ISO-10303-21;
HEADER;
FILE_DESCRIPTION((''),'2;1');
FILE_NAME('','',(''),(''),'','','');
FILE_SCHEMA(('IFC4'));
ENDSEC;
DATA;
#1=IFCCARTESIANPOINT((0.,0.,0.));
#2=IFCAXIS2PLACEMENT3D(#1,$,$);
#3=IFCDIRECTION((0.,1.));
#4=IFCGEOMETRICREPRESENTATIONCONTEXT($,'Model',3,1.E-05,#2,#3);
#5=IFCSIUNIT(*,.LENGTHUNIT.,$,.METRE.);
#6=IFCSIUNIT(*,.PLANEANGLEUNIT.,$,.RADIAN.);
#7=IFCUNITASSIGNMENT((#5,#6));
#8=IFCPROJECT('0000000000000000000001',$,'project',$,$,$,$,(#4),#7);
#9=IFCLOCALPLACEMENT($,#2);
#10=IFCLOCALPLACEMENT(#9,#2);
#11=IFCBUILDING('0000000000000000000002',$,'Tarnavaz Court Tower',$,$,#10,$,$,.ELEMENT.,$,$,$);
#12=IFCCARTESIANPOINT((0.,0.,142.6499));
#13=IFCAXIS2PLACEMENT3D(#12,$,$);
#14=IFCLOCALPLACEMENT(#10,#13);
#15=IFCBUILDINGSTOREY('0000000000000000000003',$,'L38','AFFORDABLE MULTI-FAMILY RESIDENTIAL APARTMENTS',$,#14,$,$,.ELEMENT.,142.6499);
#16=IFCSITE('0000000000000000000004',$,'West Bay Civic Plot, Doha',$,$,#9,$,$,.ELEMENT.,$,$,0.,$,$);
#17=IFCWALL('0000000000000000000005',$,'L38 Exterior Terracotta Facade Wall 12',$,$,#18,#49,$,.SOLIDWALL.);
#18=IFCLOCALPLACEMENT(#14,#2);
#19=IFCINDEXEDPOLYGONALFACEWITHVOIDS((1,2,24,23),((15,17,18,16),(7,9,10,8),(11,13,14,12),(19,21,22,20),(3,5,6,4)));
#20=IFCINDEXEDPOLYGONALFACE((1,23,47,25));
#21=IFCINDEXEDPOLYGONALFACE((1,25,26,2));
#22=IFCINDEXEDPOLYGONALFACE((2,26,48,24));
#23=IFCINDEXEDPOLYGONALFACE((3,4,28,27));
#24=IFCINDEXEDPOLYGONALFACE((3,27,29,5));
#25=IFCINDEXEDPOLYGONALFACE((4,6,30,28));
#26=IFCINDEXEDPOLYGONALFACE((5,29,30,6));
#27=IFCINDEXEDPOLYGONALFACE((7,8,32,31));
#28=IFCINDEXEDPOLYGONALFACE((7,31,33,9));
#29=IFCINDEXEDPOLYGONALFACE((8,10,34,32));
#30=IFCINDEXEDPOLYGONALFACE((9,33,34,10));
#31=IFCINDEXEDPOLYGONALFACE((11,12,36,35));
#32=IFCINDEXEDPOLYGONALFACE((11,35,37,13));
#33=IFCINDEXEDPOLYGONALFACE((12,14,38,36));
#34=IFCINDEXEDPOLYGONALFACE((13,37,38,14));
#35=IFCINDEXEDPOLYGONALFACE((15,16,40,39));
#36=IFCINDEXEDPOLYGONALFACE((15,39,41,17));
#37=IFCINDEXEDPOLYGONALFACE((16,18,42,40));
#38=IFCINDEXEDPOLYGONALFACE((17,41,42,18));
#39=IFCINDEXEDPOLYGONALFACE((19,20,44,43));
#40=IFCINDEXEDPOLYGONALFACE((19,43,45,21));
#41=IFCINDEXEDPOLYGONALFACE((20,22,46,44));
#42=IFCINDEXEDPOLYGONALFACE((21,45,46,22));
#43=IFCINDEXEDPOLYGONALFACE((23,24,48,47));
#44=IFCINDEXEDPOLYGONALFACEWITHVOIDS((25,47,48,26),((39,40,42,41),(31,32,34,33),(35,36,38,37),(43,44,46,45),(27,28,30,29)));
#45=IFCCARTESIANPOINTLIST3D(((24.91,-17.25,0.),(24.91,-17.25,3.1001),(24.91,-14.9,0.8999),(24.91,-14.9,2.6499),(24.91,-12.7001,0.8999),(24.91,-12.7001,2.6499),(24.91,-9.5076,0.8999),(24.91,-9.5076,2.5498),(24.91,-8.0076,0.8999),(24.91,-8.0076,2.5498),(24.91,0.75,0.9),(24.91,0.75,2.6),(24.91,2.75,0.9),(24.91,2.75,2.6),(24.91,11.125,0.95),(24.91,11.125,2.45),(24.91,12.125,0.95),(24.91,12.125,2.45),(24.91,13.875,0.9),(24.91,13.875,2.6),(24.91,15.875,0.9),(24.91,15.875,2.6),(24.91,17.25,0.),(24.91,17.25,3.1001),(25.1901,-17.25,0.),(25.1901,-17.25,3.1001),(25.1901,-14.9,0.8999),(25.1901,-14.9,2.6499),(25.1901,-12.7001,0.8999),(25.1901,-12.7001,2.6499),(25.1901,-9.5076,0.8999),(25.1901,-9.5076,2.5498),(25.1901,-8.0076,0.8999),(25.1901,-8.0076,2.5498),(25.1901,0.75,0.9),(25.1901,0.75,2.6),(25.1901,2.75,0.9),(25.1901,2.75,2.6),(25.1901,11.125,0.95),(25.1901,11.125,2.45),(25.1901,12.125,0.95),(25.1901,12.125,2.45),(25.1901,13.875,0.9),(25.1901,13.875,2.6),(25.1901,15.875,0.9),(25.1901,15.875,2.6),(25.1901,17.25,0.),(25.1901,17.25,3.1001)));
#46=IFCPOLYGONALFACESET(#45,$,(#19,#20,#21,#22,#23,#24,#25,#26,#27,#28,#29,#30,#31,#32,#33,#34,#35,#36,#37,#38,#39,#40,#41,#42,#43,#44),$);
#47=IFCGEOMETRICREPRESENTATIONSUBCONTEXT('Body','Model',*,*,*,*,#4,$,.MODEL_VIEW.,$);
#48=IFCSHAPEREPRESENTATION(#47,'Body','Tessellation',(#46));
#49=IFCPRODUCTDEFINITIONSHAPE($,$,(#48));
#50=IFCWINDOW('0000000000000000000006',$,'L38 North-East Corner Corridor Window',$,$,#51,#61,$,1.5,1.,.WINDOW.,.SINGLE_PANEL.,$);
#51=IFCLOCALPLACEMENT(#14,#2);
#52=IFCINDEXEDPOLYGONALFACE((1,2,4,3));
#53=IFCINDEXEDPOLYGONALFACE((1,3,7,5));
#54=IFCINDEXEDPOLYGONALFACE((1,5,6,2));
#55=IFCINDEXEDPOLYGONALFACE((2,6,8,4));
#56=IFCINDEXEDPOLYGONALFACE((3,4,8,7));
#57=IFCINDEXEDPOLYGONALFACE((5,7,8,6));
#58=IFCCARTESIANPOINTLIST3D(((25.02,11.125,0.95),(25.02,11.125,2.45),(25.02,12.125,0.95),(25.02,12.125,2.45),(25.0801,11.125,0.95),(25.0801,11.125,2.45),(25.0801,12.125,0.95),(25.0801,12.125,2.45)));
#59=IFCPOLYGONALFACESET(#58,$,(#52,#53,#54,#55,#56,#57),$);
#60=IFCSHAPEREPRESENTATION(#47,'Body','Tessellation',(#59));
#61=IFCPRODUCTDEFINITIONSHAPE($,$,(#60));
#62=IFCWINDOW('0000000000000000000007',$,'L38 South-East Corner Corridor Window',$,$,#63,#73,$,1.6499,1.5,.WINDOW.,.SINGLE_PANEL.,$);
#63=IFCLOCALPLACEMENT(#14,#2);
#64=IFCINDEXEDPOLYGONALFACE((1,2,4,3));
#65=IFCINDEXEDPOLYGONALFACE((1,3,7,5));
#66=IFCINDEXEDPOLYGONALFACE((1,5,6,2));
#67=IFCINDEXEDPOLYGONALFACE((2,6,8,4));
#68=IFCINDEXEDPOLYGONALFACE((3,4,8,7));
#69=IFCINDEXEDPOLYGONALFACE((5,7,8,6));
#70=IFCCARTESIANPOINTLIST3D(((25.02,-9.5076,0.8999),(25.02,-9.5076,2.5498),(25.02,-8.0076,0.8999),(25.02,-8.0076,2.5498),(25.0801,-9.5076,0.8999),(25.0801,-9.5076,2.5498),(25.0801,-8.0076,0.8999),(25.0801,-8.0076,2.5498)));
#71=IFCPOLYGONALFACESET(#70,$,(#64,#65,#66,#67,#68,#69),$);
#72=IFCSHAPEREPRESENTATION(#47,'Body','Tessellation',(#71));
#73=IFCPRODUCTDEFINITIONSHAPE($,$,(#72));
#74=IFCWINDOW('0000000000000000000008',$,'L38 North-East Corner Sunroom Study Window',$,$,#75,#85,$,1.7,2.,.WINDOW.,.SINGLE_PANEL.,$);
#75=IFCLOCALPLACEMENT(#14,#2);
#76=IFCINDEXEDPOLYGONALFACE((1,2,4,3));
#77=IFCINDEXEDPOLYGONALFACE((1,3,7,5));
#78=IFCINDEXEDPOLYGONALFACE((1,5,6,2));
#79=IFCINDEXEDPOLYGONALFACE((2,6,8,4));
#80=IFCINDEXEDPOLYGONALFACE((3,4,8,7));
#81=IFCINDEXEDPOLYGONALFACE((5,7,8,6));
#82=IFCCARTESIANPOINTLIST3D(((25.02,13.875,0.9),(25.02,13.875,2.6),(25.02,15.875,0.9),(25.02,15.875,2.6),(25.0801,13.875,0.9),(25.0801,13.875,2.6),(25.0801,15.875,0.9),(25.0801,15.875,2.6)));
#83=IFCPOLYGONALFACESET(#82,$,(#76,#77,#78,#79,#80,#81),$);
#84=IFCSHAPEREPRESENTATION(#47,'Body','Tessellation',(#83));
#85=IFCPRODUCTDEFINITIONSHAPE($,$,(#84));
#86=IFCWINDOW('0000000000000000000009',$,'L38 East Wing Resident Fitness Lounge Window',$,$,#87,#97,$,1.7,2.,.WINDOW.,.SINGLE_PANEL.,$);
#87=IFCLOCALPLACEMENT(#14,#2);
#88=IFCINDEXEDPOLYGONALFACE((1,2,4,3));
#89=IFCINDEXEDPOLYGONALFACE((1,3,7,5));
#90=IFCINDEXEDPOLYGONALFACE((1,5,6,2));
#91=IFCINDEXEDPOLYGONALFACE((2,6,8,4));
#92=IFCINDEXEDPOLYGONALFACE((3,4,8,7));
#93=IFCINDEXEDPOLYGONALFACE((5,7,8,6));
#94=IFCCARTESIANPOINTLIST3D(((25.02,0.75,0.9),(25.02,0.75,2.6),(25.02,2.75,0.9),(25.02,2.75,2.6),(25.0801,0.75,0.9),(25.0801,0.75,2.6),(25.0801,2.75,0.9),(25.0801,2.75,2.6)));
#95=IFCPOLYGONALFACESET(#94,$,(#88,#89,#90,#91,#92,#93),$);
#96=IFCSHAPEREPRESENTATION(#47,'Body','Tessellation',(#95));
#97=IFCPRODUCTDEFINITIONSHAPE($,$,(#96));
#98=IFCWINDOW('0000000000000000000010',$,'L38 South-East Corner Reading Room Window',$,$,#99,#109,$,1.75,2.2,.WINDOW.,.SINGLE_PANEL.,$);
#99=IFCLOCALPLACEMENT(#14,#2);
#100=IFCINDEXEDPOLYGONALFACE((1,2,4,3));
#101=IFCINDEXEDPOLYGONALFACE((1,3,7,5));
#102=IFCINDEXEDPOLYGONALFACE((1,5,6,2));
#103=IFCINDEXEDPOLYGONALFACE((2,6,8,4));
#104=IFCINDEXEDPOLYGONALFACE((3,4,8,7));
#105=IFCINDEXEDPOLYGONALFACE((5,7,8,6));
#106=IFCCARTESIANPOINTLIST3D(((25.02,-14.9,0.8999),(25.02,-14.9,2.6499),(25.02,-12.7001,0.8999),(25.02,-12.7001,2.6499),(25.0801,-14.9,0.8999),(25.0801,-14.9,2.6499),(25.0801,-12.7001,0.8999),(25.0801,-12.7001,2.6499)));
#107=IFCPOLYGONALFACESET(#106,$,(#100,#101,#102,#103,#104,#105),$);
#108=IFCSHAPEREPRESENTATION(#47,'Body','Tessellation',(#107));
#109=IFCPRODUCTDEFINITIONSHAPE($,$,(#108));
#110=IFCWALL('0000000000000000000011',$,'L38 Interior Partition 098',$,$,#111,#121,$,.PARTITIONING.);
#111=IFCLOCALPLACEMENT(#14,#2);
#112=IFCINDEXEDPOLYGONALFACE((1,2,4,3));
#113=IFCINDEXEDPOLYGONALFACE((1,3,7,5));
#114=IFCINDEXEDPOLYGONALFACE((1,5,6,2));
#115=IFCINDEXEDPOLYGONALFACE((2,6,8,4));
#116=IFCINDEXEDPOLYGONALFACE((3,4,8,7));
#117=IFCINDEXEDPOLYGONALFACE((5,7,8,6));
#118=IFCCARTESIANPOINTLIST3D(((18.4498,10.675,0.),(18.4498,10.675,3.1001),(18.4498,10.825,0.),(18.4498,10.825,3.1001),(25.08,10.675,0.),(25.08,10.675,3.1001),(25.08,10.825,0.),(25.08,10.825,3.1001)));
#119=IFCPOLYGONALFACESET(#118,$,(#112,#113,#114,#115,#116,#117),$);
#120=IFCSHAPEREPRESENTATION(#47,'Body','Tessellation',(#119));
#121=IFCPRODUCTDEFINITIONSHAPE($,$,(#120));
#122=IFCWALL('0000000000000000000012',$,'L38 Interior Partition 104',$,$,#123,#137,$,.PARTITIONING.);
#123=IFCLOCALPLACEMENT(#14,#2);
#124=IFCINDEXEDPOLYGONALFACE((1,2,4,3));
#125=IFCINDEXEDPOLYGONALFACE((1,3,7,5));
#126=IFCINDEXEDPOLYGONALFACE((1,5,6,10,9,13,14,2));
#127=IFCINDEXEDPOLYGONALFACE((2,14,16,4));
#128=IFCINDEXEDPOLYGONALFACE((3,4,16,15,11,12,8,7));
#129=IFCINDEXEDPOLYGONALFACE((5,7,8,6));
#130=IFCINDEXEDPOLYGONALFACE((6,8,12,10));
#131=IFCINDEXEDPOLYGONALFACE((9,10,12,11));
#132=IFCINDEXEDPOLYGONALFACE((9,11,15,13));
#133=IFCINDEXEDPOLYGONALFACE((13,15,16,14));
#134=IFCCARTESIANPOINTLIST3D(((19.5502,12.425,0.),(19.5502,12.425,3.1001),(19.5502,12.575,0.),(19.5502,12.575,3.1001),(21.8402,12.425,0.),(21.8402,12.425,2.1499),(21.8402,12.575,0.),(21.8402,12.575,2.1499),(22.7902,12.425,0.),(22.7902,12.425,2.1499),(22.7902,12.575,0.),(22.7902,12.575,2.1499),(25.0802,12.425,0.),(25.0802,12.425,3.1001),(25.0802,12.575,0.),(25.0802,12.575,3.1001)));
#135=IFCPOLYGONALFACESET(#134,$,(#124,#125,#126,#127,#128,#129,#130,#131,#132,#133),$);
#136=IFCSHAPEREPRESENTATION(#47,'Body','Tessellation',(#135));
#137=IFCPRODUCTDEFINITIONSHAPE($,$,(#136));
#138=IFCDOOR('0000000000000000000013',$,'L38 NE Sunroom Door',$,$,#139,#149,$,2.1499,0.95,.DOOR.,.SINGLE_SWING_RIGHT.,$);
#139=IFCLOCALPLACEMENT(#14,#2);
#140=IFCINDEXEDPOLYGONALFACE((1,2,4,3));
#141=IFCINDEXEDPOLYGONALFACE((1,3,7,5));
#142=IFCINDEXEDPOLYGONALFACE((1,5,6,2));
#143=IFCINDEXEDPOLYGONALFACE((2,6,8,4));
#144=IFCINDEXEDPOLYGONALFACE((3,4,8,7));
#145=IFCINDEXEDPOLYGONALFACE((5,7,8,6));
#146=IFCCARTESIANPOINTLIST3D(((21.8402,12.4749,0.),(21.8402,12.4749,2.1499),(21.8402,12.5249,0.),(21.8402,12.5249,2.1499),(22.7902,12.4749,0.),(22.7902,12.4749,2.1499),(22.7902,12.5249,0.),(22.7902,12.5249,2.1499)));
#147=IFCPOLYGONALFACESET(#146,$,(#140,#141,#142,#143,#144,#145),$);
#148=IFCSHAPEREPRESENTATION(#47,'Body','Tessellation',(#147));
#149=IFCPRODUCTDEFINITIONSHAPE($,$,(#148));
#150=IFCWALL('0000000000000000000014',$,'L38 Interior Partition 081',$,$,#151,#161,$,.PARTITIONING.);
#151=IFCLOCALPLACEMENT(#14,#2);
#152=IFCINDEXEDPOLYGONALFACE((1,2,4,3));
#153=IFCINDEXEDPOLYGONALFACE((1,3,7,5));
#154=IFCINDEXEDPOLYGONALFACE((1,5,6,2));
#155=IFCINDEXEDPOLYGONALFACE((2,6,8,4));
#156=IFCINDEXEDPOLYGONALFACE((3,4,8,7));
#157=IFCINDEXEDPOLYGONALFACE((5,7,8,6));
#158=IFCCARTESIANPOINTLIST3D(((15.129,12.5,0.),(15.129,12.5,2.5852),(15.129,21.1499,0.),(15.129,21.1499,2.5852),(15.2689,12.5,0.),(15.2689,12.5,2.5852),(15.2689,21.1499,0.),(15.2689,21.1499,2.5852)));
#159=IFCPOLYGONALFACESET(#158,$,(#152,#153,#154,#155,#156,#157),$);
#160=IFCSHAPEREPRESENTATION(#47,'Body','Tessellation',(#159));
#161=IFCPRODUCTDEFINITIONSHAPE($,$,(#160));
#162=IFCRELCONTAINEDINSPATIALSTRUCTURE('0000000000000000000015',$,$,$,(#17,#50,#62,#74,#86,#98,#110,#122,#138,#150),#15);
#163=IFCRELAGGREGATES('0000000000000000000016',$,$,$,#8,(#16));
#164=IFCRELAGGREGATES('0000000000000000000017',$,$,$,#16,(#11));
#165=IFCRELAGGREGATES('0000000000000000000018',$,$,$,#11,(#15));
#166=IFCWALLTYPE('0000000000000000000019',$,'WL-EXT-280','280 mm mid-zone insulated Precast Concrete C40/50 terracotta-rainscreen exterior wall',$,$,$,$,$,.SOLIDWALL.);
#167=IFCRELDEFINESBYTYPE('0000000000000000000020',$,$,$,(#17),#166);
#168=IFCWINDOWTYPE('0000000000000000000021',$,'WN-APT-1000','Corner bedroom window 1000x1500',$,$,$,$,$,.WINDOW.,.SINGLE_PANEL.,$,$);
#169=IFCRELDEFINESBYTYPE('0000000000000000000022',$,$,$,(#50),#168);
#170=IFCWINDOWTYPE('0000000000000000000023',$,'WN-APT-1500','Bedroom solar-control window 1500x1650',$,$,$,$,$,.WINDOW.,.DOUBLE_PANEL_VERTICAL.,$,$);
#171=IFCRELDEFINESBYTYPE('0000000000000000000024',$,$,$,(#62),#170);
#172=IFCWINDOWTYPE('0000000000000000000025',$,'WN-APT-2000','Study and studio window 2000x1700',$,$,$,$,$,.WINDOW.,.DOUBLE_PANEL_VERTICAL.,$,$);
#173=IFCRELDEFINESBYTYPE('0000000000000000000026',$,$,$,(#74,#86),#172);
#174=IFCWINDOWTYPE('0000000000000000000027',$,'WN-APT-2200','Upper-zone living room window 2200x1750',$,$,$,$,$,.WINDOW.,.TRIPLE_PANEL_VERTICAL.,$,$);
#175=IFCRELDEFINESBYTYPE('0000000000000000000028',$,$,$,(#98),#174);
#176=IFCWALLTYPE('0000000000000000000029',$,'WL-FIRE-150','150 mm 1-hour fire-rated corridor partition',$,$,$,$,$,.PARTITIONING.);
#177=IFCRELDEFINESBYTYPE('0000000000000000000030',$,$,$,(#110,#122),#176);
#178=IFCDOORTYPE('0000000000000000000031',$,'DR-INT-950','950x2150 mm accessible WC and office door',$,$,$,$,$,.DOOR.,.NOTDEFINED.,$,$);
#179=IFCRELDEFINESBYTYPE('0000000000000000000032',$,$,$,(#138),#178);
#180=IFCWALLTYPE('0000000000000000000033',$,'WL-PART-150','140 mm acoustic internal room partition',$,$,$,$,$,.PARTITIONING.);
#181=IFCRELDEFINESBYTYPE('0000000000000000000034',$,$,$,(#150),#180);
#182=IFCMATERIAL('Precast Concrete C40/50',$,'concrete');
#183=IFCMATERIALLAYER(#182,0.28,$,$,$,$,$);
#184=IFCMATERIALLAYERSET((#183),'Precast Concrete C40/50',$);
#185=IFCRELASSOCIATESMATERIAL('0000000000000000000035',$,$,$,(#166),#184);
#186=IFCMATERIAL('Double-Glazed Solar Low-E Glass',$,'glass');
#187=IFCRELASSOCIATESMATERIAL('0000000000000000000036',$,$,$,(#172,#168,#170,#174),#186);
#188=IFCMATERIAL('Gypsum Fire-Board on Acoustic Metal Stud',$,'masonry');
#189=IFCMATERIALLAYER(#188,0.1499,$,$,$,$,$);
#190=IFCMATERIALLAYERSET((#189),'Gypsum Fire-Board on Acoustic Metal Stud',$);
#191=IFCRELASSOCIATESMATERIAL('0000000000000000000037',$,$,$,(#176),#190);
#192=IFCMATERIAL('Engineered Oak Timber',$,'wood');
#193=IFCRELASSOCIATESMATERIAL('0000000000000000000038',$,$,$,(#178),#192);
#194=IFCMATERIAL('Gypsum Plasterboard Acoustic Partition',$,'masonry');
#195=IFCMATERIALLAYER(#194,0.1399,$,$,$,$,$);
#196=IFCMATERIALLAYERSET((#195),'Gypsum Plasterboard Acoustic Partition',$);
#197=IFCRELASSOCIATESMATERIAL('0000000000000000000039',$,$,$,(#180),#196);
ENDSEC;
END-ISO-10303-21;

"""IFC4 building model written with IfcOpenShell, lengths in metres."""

from ifc_helpers import new_model, si_unit, direction, frame, frame_2d, origin, place, context, subcontext, project, spatial, rectangle, extrude, material, layer, layer_set, type_object, element, fill, save


model = new_model("IFC4")

# Units and contexts
model_context = context("Model", 3, precision=1e-05, world=origin(), true_north=direction((0.0, 1.0)))
body_context = subcontext(model_context, "Body", "Model", "MODEL_VIEW")
ifc_project = project(units=[si_unit("LENGTHUNIT", "METRE"), si_unit("PLANEANGLEUNIT", "RADIAN")], contexts=[model_context])

# Site, building, storey
site_placement = place(None, origin())
site = spatial("IfcSite", under=ifc_project, at=site_placement, Name="West Bay Civic Plot, Doha", CompositionType="ELEMENT", RefElevation=0.0)
building_placement = place(site_placement, origin())
building = spatial("IfcBuilding", under=site, at=building_placement, Name="Tarnavaz Court Tower", CompositionType="ELEMENT")
storey_placement = place(building_placement, frame((0.0, 0.0, 142.6499)))
storey = spatial("IfcBuildingStorey", under=building, at=storey_placement, Name="L38", Description="AFFORDABLE MULTI-FAMILY RESIDENTIAL APARTMENTS", CompositionType="ELEMENT", Elevation=142.6499)

# Shared definitions
ifc_material_1 = material(Name="Precast Concrete C40/50", Category="concrete")
ifc_layer_1 = layer(ifc_material_1, 0.28)
ifc_layer_set_1 = layer_set([ifc_layer_1], Name="Precast Concrete C40/50")
wall_type_1 = type_object("IfcWallType", Name="WL-EXT-280", Description="280 mm mid-zone insulated Precast Concrete C40/50 terracotta-rainscreen exterior wall", PredefinedType="SOLIDWALL", material=ifc_layer_set_1)
ifc_material_2 = material(Name="Double-Glazed Solar Low-E Glass", Category="glass")
window_type_1 = type_object("IfcWindowType", Name="WN-APT-2000", Description="Study and studio window 2000x1700", PartitioningType="DOUBLE_PANEL_VERTICAL", PredefinedType="WINDOW", material=ifc_material_2)

# Wall, openings, windows
wall_1_placement = place(storey_placement, frame((25.05, 17.25, 0.0), z_axis=(0.0, 0.0, 1.0), x_axis=(0.0, -1.0, 0.0)))
wall_1 = element("IfcWall", 1, at=wall_1_placement, inside=storey, type_object=wall_type_1, Name="L38 Exterior Terracotta Facade Wall 12", PredefinedType="SOLIDWALL", context=body_context, shape_type="SweptSolid", body=[
    extrude(rectangle(XDim=34.5, YDim=0.28, at=frame_2d((17.25, 0.0))), origin(), (0.0, 0.0, 1.0), 3.1001),
])
opening_1_placement = place(wall_1_placement, frame((1.375, 0.0, 0.8999)))
opening_1 = element("IfcOpeningElement", 2, at=opening_1_placement, cuts=wall_1, PredefinedType="OPENING", context=body_context, shape_type="SweptSolid", body=[
    extrude(rectangle(XDim=2.0, YDim=1.7, at=frame_2d((1.0, 0.8501))), frame((0.0, 0.1499, 0.0), z_axis=(0.0, -1.0, 0.0), x_axis=(1.0, 0.0, 0.0)), (0.0, 0.0, 1.0), 0.3),
])
opening_2_placement = place(wall_1_placement, frame((5.125, 0.0, 0.95)))
opening_2 = element("IfcOpeningElement", 3, at=opening_2_placement, cuts=wall_1, PredefinedType="OPENING", context=body_context, shape_type="SweptSolid", body=[
    extrude(rectangle(XDim=1.0, YDim=1.5, at=frame_2d((0.5, 0.75))), frame((0.0, 0.1499, 0.0), z_axis=(0.0, -1.0, 0.0), x_axis=(1.0, 0.0, 0.0)), (0.0, 0.0, 1.0), 0.3),
])
opening_3_placement = place(wall_1_placement, frame((14.5, 0.0, 0.8999)))
opening_3 = element("IfcOpeningElement", 4, at=opening_3_placement, cuts=wall_1, PredefinedType="OPENING", context=body_context, shape_type="SweptSolid", body=[
    extrude(rectangle(XDim=2.0, YDim=1.7, at=frame_2d((1.0, 0.8501))), frame((0.0, 0.1499, 0.0), z_axis=(0.0, -1.0, 0.0), x_axis=(1.0, 0.0, 0.0)), (0.0, 0.0, 1.0), 0.3),
])
opening_4_placement = place(wall_1_placement, frame((25.2576, 0.0, 0.8999)))
opening_4 = element("IfcOpeningElement", 5, at=opening_4_placement, cuts=wall_1, PredefinedType="OPENING", context=body_context, shape_type="SweptSolid", body=[
    extrude(rectangle(XDim=1.5, YDim=1.6499, at=frame_2d((0.75, 0.825))), frame((0.0, 0.1499, 0.0), z_axis=(0.0, -1.0, 0.0), x_axis=(1.0, 0.0, 0.0)), (0.0, 0.0, 1.0), 0.3),
])
opening_5_placement = place(wall_1_placement, frame((29.95, 0.0, 0.8999)))
opening_5 = element("IfcOpeningElement", 6, at=opening_5_placement, cuts=wall_1, PredefinedType="OPENING", context=body_context, shape_type="SweptSolid", body=[
    extrude(rectangle(XDim=2.2, YDim=1.75, at=frame_2d((1.1001, 0.875))), frame((0.0, 0.1499, 0.0), z_axis=(0.0, -1.0, 0.0), x_axis=(1.0, 0.0, 0.0)), (0.0, 0.0, 1.0), 0.3),
])
window_type_2 = type_object("IfcWindowType", Name="WN-APT-1000", Description="Corner bedroom window 1000x1500", PartitioningType="SINGLE_PANEL", PredefinedType="WINDOW", material=ifc_material_2)
window_1_placement = place(opening_2_placement, origin())
window_1 = element("IfcWindow", 7, at=window_1_placement, inside=storey, type_object=window_type_2, Name="L38 North-East Corner Corridor Window", OverallHeight=1.5, OverallWidth=1.0, PartitioningType="SINGLE_PANEL", PredefinedType="WINDOW", context=body_context, shape_type="SweptSolid", body=[
    extrude(rectangle(XDim=1.0, YDim=1.5, at=frame_2d((0.5, 0.75))), frame((0.0, 0.03, 0.0), z_axis=(0.0, -1.0, 0.0), x_axis=(1.0, 0.0, 0.0)), (0.0, 0.0, 1.0), 0.0601),
])
fill(opening_2, window_1)
window_type_3 = type_object("IfcWindowType", Name="WN-APT-1500", Description="Bedroom solar-control window 1500x1650", PartitioningType="DOUBLE_PANEL_VERTICAL", PredefinedType="WINDOW", material=ifc_material_2)
window_2_placement = place(opening_4_placement, origin())
window_2 = element("IfcWindow", 8, at=window_2_placement, inside=storey, type_object=window_type_3, Name="L38 South-East Corner Corridor Window", OverallHeight=1.6499, OverallWidth=1.5, PartitioningType="SINGLE_PANEL", PredefinedType="WINDOW", context=body_context, shape_type="SweptSolid", body=[
    extrude(rectangle(XDim=1.5, YDim=1.6499, at=frame_2d((0.75, 0.825))), frame((0.0, 0.03, 0.0), z_axis=(0.0, -1.0, 0.0), x_axis=(1.0, 0.0, 0.0)), (0.0, 0.0, 1.0), 0.0601),
])
fill(opening_4, window_2)
window_3_placement = place(opening_1_placement, origin())
window_3 = element("IfcWindow", 9, at=window_3_placement, inside=storey, type_object=window_type_1, Name="L38 North-East Corner Sunroom Study Window", OverallHeight=1.7, OverallWidth=2.0, PartitioningType="SINGLE_PANEL", PredefinedType="WINDOW", context=body_context, shape_type="SweptSolid", body=[
    extrude(rectangle(XDim=2.0, YDim=1.7, at=frame_2d((1.0, 0.8501))), frame((0.0, 0.03, 0.0), z_axis=(0.0, -1.0, 0.0), x_axis=(1.0, 0.0, 0.0)), (0.0, 0.0, 1.0), 0.0601),
])
fill(opening_1, window_3)
window_4_placement = place(opening_3_placement, origin())
window_4 = element("IfcWindow", 10, at=window_4_placement, inside=storey, type_object=window_type_1, Name="L38 East Wing Resident Fitness Lounge Window", OverallHeight=1.7, OverallWidth=2.0, PartitioningType="SINGLE_PANEL", PredefinedType="WINDOW", context=body_context, shape_type="SweptSolid", body=[
    extrude(rectangle(XDim=2.0, YDim=1.7, at=frame_2d((1.0, 0.8501))), frame((0.0, 0.03, 0.0), z_axis=(0.0, -1.0, 0.0), x_axis=(1.0, 0.0, 0.0)), (0.0, 0.0, 1.0), 0.0601),
])
fill(opening_3, window_4)
window_type_4 = type_object("IfcWindowType", Name="WN-APT-2200", Description="Upper-zone living room window 2200x1750", PartitioningType="TRIPLE_PANEL_VERTICAL", PredefinedType="WINDOW", material=ifc_material_2)
window_5_placement = place(opening_5_placement, origin())
window_5 = element("IfcWindow", 11, at=window_5_placement, inside=storey, type_object=window_type_4, Name="L38 South-East Corner Reading Room Window", OverallHeight=1.75, OverallWidth=2.2, PartitioningType="SINGLE_PANEL", PredefinedType="WINDOW", context=body_context, shape_type="SweptSolid", body=[
    extrude(rectangle(XDim=2.2, YDim=1.75, at=frame_2d((1.1001, 0.875))), frame((0.0, 0.03, 0.0), z_axis=(0.0, -1.0, 0.0), x_axis=(1.0, 0.0, 0.0)), (0.0, 0.0, 1.0), 0.0601),
])
fill(opening_5, window_5)

# Wall
ifc_material_3 = material(Name="Gypsum Fire-Board on Acoustic Metal Stud", Category="masonry")
ifc_layer_2 = layer(ifc_material_3, 0.1499)
ifc_layer_set_2 = layer_set([ifc_layer_2], Name="Gypsum Fire-Board on Acoustic Metal Stud")
wall_type_2 = type_object("IfcWallType", Name="WL-FIRE-150", Description="150 mm 1-hour fire-rated corridor partition", PredefinedType="PARTITIONING", material=ifc_layer_set_2)
wall_2_placement = place(storey_placement, frame((18.45, 10.75, 0.0), z_axis=(0.0, 0.0, 1.0), x_axis=(1.0, 0.0, 0.0)))
element("IfcWall", 12, at=wall_2_placement, inside=storey, type_object=wall_type_2, Name="L38 Interior Partition 098", PredefinedType="PARTITIONING", context=body_context, shape_type="SweptSolid", body=[
    extrude(rectangle(XDim=6.6301, YDim=0.1499, at=frame_2d((3.3149, 0.0))), origin(), (0.0, 0.0, 1.0), 3.1001),
])

# Wall, opening, door
wall_3_placement = place(storey_placement, frame((19.55, 12.5, 0.0), z_axis=(0.0, 0.0, 1.0), x_axis=(1.0, 0.0, 0.0)))
wall_3 = element("IfcWall", 13, at=wall_3_placement, inside=storey, type_object=wall_type_2, Name="L38 Interior Partition 104", PredefinedType="PARTITIONING", context=body_context, shape_type="SweptSolid", body=[
    extrude(rectangle(XDim=5.53, YDim=0.1499, at=frame_2d((2.7651, 0.0))), origin(), (0.0, 0.0, 1.0), 3.1001),
])
opening_6_placement = place(wall_3_placement, frame((2.29, 0.0, 0.0)))
opening_6 = element("IfcOpeningElement", 14, at=opening_6_placement, cuts=wall_3, PredefinedType="OPENING", context=body_context, shape_type="SweptSolid", body=[
    extrude(rectangle(XDim=0.95, YDim=2.1499, at=frame_2d((0.4751, 1.075))), frame((0.0, 0.085, 0.0), z_axis=(0.0, -1.0, 0.0), x_axis=(1.0, 0.0, 0.0)), (0.0, 0.0, 1.0), 0.1699),
])
ifc_material_4 = material(Name="Engineered Oak Timber", Category="wood")
door_type = type_object("IfcDoorType", Name="DR-INT-950", Description="950x2150 mm accessible WC and office door", OperationType="NOTDEFINED", PredefinedType="DOOR", material=ifc_material_4)
door_placement = place(opening_6_placement, origin())
door = element("IfcDoor", 15, at=door_placement, inside=storey, type_object=door_type, Name="L38 NE Sunroom Door", OperationType="SINGLE_SWING_RIGHT", OverallHeight=2.1499, OverallWidth=0.95, PredefinedType="DOOR", context=body_context, shape_type="SweptSolid", body=[
    extrude(rectangle(XDim=0.95, YDim=2.1499, at=frame_2d((0.4751, 1.075))), frame((0.0, 0.0249, 0.0), z_axis=(0.0, -1.0, 0.0), x_axis=(1.0, 0.0, 0.0)), (0.0, 0.0, 1.0), 0.05),
])
fill(opening_6, door)

# Wall
ifc_material_5 = material(Name="Gypsum Plasterboard Acoustic Partition", Category="masonry")
ifc_layer_3 = layer(ifc_material_5, 0.1399)
ifc_layer_set_3 = layer_set([ifc_layer_3], Name="Gypsum Plasterboard Acoustic Partition")
wall_type_3 = type_object("IfcWallType", Name="WL-PART-150", Description="140 mm acoustic internal room partition", PredefinedType="PARTITIONING", material=ifc_layer_set_3)
wall_4_placement = place(storey_placement, frame((15.199, 12.5, 0.0), z_axis=(0.0, 0.0, 1.0), x_axis=(0.0, 1.0, 0.0)))
element("IfcWall", 16, at=wall_4_placement, inside=storey, type_object=wall_type_3, Name="L38 Interior Partition 081", PredefinedType="PARTITIONING", context=body_context, shape_type="SweptSolid", body=[
    extrude(rectangle(XDim=8.6499, YDim=0.1399, at=frame_2d((4.325, 0.0))), origin(), (0.0, 0.0, 1.0), 2.5852),
])

save(model, "model.ifc")
